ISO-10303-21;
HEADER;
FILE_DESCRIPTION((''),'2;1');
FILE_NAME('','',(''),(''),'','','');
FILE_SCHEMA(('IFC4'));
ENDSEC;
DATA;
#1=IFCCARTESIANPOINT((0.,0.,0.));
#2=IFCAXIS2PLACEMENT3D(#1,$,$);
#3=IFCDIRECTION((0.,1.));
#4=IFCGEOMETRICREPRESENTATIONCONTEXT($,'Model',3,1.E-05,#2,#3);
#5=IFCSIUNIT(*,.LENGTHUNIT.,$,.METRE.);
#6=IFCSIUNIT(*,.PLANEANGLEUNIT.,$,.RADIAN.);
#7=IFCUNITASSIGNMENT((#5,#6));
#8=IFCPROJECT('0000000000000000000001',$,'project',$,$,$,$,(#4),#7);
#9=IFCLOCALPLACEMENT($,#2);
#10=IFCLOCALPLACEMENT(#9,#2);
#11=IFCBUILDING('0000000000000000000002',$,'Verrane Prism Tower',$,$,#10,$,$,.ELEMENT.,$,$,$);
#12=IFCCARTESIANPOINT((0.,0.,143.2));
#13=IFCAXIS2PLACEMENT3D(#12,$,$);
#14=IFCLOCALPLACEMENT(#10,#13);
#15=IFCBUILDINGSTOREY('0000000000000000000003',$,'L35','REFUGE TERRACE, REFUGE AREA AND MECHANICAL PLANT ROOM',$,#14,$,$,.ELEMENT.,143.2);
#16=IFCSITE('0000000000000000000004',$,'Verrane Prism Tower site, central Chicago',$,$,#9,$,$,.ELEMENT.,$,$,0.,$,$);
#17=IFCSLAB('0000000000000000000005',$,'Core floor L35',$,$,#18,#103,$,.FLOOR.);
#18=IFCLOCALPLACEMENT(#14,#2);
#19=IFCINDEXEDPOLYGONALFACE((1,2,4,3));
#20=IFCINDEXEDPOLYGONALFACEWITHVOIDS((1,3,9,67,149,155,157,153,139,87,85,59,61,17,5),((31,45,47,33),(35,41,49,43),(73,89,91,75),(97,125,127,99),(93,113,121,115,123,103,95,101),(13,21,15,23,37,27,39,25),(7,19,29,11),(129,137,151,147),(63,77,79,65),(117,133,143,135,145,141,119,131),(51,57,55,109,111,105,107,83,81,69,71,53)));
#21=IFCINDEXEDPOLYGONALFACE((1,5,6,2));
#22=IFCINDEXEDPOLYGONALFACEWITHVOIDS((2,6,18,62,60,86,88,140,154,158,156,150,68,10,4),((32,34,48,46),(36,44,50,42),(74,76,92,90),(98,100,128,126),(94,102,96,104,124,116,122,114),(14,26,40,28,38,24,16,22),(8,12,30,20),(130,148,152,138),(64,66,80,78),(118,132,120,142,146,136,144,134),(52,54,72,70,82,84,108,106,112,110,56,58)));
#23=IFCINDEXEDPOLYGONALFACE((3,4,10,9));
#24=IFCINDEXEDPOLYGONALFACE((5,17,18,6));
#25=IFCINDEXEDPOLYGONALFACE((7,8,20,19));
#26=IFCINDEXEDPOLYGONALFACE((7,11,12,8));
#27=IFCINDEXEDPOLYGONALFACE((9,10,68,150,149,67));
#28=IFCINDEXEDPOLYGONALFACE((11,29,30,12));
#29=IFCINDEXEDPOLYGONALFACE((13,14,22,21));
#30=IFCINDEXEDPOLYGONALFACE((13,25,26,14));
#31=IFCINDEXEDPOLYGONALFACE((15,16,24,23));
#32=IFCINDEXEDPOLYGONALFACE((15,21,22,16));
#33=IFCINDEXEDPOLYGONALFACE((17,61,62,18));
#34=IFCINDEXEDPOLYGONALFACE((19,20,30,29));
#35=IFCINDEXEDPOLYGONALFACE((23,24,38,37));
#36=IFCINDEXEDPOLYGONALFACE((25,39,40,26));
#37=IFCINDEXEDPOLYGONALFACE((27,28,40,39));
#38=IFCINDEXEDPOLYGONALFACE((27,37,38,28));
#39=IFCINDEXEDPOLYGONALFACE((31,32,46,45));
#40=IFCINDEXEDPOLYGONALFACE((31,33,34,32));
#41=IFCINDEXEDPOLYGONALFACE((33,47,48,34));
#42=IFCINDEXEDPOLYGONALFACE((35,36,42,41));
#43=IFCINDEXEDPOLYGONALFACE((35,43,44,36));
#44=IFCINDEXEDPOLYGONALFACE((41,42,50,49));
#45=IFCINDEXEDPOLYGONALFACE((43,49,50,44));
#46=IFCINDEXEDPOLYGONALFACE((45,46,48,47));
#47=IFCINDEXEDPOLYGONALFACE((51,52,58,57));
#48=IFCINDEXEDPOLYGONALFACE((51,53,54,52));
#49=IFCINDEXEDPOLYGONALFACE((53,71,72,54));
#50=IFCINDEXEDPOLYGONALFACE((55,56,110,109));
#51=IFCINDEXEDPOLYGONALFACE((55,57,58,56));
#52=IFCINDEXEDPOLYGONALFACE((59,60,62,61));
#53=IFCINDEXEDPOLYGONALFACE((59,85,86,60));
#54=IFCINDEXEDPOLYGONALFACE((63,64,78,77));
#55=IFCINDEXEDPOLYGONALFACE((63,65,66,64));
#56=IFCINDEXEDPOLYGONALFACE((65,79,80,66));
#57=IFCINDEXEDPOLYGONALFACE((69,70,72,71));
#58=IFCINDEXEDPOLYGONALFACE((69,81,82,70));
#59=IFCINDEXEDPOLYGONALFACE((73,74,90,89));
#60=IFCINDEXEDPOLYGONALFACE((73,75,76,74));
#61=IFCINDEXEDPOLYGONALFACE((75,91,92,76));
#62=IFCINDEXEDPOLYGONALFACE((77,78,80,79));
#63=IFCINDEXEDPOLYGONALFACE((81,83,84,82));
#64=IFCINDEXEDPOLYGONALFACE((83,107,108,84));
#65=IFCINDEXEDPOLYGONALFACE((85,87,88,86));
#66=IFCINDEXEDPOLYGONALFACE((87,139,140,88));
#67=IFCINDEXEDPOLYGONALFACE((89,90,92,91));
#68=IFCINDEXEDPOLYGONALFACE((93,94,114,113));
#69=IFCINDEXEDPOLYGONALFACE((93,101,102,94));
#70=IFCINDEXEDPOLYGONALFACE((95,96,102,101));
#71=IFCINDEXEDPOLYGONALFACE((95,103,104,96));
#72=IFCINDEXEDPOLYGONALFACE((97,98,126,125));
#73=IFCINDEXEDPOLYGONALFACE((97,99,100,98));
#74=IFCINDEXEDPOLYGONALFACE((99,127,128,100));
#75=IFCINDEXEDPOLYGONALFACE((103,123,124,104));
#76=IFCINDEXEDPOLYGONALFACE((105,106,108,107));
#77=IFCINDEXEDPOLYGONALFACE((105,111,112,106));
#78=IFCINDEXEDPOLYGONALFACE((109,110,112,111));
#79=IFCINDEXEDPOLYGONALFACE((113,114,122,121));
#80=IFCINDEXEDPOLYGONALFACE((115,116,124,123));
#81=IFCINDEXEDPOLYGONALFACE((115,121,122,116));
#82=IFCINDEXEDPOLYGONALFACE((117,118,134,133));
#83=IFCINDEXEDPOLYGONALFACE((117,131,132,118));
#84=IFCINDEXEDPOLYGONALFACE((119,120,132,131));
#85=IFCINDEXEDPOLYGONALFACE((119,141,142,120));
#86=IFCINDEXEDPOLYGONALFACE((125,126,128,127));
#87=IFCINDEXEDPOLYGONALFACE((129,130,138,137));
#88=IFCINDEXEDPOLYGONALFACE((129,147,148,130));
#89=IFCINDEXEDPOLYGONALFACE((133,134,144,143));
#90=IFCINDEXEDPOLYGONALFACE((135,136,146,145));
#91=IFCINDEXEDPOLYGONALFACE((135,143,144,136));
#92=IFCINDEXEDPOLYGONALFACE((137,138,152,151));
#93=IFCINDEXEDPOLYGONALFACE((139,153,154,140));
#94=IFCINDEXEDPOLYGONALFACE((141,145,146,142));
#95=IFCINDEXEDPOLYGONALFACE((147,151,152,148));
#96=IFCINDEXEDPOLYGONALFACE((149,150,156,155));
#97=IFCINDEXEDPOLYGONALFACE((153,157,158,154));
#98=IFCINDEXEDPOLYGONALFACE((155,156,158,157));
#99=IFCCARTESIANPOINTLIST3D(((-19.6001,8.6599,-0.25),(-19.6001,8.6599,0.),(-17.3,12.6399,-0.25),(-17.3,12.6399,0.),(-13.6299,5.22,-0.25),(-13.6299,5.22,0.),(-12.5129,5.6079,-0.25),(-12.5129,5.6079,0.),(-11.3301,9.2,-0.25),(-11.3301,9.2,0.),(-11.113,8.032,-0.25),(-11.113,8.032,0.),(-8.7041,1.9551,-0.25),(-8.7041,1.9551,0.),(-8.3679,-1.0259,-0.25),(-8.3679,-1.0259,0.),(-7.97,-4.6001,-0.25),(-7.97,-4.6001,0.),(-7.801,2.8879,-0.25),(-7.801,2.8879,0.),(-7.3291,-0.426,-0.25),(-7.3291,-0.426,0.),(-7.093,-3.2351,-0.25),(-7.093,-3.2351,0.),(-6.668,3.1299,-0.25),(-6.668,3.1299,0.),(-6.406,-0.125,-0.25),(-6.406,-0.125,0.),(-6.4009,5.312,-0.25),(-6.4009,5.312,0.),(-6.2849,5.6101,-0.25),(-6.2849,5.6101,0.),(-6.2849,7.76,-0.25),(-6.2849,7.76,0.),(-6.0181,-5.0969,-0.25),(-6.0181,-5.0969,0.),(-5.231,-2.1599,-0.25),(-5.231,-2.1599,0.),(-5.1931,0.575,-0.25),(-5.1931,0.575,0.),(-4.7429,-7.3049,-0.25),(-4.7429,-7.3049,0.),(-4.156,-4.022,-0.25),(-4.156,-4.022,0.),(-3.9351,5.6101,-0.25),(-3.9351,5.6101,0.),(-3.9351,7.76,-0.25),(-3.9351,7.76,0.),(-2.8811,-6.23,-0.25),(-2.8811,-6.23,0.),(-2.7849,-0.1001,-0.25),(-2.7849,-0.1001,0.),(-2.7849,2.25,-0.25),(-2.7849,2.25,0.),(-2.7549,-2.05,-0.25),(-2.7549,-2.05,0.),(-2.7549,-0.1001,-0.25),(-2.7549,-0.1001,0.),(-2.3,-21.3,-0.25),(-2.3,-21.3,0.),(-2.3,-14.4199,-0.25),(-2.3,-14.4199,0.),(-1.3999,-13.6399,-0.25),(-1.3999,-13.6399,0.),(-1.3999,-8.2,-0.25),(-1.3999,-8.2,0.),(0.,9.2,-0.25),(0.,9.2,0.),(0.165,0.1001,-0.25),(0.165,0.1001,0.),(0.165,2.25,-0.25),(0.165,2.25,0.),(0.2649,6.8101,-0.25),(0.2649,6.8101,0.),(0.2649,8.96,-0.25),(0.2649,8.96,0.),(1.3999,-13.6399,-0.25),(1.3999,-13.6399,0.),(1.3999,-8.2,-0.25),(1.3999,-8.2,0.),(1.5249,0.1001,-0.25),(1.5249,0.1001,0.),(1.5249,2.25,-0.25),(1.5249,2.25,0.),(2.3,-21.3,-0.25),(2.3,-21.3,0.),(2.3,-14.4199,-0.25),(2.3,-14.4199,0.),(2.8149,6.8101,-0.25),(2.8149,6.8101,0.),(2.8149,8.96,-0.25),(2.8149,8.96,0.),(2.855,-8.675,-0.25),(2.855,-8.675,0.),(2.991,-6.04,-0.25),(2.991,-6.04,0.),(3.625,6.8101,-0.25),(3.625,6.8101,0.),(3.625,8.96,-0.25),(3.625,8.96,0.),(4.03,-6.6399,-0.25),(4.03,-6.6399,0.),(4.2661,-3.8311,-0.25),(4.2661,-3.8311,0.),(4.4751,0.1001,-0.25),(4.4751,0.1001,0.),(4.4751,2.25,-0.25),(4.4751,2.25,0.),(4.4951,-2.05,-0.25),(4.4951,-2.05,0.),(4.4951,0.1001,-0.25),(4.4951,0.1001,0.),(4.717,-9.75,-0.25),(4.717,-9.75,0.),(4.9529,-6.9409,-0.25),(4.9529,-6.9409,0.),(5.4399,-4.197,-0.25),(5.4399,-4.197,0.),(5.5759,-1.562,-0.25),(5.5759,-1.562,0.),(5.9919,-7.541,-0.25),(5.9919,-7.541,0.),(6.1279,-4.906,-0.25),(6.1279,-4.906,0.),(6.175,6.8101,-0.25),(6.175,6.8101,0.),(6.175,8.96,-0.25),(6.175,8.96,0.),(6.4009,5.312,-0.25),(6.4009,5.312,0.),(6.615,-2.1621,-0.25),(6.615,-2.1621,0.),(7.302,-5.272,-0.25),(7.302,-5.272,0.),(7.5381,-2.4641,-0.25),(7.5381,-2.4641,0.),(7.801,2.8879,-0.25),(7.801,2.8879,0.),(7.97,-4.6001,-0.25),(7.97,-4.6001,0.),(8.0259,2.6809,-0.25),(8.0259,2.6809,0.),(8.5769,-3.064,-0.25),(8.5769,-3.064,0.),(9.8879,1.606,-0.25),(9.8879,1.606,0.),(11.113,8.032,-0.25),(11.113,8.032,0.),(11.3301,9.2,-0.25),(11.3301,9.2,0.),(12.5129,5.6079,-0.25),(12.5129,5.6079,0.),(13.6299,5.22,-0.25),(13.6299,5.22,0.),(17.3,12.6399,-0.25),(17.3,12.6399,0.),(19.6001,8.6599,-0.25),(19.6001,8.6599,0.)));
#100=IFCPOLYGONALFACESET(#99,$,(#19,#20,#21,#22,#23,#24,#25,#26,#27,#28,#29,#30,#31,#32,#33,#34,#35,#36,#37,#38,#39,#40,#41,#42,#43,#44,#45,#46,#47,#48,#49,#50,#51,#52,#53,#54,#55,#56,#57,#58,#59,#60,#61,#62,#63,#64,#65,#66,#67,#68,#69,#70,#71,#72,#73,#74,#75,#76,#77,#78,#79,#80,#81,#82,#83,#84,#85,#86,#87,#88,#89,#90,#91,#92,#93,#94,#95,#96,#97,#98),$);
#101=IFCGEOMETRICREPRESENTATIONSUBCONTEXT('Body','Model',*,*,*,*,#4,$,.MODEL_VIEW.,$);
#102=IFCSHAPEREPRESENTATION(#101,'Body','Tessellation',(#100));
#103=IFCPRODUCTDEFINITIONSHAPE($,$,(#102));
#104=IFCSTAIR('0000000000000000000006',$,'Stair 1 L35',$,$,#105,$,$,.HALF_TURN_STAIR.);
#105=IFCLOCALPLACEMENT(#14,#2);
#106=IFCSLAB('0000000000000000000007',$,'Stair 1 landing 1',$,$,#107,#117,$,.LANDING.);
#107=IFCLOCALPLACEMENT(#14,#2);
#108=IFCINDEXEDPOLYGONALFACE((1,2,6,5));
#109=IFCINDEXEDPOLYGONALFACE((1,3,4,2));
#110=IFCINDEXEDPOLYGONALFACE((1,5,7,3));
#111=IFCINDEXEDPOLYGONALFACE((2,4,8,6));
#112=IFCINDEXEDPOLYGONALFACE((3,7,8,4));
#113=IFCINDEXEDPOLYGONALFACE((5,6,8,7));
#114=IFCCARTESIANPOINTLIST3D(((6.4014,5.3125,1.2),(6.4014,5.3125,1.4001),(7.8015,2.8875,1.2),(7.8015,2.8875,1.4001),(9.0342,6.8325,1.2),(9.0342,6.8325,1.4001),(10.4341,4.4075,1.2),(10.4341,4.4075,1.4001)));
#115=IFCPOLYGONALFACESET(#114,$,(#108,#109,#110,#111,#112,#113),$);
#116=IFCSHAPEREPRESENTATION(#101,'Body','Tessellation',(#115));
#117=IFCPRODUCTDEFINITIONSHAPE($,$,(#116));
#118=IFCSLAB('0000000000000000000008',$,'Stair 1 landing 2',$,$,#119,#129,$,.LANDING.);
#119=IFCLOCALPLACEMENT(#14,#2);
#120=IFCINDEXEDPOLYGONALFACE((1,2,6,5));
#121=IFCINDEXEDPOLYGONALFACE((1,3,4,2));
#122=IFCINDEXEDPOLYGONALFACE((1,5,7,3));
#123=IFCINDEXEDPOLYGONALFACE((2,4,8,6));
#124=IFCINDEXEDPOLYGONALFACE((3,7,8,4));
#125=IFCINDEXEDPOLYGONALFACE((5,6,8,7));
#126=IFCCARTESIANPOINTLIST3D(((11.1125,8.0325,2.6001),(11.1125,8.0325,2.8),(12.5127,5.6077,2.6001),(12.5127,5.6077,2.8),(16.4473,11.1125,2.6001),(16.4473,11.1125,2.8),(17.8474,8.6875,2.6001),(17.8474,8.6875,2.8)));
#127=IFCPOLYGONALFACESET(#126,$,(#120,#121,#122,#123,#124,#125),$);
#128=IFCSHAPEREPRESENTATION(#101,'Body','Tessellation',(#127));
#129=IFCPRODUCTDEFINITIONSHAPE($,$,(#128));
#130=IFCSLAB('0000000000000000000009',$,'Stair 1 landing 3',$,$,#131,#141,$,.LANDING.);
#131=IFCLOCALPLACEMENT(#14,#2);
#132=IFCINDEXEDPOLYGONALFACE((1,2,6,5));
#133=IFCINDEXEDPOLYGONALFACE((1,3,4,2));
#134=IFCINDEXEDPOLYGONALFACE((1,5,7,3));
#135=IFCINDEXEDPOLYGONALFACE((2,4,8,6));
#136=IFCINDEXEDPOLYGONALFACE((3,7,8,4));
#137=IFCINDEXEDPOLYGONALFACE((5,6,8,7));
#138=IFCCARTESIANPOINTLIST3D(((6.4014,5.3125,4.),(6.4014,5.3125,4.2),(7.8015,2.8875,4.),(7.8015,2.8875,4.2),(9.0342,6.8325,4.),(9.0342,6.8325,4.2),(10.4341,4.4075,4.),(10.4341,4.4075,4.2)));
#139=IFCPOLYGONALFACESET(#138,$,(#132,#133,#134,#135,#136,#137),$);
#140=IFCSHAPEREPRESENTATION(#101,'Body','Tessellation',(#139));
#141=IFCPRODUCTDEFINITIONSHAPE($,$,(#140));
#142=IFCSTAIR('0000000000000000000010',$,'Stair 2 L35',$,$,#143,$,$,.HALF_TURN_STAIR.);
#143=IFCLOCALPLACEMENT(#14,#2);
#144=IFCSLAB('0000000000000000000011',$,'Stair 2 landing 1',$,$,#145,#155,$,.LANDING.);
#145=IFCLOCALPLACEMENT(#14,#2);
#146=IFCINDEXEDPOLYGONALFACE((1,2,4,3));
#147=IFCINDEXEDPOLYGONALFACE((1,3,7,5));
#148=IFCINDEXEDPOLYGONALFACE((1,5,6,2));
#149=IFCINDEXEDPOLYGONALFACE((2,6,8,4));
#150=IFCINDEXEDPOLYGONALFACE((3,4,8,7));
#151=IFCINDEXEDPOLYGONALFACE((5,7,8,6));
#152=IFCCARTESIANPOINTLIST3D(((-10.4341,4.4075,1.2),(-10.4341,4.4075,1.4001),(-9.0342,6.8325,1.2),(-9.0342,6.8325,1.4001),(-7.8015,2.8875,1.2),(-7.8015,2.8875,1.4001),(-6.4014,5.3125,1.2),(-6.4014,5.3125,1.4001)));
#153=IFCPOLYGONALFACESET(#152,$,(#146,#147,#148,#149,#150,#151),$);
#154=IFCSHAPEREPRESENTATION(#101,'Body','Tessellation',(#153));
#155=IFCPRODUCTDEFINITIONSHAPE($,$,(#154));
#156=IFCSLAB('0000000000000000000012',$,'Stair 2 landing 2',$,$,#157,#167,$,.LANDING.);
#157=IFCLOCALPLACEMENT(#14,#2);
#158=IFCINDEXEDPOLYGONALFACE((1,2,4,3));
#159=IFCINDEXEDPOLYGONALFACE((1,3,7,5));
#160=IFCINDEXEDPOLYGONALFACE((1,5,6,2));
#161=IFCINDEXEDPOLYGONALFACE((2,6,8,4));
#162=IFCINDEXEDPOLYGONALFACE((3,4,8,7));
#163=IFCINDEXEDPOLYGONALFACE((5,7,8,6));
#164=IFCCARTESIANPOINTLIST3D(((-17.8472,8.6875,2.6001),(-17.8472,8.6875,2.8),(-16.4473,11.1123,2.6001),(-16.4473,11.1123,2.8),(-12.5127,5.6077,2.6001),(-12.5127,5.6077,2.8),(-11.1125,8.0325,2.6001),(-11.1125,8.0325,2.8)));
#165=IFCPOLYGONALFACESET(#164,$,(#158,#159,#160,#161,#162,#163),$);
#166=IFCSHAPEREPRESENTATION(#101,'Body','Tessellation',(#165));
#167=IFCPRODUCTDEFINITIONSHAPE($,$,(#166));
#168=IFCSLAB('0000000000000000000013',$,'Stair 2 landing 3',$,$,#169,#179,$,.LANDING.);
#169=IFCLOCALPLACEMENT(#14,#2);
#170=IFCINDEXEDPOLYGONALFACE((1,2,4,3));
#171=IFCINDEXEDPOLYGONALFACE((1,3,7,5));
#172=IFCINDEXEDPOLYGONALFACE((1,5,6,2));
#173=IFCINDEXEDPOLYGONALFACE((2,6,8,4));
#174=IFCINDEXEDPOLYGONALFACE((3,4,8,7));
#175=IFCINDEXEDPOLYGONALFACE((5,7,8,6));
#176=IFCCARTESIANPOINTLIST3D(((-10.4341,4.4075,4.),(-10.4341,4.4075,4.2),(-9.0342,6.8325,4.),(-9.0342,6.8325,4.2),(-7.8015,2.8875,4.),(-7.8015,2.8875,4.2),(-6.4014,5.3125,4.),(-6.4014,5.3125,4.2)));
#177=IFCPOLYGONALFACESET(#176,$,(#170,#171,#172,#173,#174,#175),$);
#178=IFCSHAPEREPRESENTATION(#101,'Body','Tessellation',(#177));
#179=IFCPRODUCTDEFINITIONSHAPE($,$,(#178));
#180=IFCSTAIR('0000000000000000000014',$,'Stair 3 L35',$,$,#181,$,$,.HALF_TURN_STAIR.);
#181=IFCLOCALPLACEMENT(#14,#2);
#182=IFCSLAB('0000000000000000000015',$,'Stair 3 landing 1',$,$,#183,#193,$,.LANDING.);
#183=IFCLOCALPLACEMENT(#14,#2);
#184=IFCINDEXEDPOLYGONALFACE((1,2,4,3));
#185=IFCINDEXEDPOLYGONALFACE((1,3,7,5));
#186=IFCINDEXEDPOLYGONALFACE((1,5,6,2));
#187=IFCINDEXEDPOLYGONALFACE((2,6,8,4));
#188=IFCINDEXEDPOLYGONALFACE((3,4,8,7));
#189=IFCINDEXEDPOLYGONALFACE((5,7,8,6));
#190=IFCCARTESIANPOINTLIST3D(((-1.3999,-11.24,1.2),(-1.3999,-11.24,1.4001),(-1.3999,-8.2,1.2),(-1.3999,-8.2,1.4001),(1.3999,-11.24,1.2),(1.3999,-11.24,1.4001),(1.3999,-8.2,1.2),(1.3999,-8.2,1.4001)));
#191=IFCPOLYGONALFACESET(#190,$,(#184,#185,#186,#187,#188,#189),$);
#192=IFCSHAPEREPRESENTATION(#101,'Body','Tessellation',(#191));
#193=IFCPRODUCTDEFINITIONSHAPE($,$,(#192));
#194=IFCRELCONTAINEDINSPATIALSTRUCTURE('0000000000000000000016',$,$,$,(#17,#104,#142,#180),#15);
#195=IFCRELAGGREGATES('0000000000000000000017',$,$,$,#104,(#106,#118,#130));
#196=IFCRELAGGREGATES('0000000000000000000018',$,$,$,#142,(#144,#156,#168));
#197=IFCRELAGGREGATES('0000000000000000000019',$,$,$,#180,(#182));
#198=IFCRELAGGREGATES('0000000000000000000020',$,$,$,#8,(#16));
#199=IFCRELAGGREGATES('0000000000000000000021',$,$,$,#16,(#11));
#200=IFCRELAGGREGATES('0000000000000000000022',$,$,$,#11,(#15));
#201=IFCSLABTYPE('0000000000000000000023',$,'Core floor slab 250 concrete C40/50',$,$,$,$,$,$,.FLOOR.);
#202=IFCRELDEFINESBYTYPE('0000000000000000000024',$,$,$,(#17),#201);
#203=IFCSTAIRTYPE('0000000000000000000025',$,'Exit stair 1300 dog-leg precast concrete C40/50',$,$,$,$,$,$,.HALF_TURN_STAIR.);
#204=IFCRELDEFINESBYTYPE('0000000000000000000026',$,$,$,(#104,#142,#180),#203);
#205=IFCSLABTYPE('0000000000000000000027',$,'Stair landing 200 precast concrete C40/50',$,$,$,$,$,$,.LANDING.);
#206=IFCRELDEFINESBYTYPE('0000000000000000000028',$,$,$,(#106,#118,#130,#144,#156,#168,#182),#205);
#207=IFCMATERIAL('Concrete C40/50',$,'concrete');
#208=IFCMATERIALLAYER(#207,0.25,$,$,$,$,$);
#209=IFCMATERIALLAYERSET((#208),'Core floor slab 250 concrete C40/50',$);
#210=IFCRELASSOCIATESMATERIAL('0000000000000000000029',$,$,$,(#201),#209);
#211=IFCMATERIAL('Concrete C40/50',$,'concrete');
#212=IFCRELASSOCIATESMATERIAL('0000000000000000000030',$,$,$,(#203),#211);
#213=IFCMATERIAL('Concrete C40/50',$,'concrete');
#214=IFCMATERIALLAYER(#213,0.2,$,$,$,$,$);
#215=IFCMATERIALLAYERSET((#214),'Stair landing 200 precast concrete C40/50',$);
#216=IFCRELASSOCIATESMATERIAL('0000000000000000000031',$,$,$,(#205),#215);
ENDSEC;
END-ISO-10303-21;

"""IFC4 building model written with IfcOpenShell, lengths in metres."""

from ifc_helpers import new_model, si_unit, direction, frame, origin, place, context, subcontext, project, spatial, polyline, outline, extrude, material, layer, layer_set, type_object, element, aggregate, save


model = new_model("IFC4")

# Units and contexts
model_context = context("Model", 3, precision=1e-05, world=origin(), true_north=direction((0.0, 1.0)))
body_context = subcontext(model_context, "Body", "Model", "MODEL_VIEW")
ifc_project = project(units=[si_unit("LENGTHUNIT", "METRE"), si_unit("PLANEANGLEUNIT", "RADIAN")], contexts=[model_context])

# Site, building, storey
site_placement = place(None, origin())
site = spatial("IfcSite", under=ifc_project, at=site_placement, Name="Verrane Prism Tower site, central Chicago", CompositionType="ELEMENT", RefElevation=0.0)
building_placement = place(site_placement, origin())
building = spatial("IfcBuilding", under=site, at=building_placement, Name="Verrane Prism Tower", CompositionType="ELEMENT")
storey_placement = place(building_placement, frame((0.0, 0.0, 143.2)))
storey = spatial("IfcBuildingStorey", under=building, at=storey_placement, Name="L35", Description="REFUGE TERRACE, REFUGE AREA AND MECHANICAL PLANT ROOM", CompositionType="ELEMENT", Elevation=143.2)

# Slab
ifc_material_1 = material(Name="Concrete C40/50", Category="concrete")
ifc_layer_1 = layer(ifc_material_1, 0.25)
ifc_layer_set_1 = layer_set([ifc_layer_1], Name="Core floor slab 250 concrete C40/50")
slab_type_1 = type_object("IfcSlabType", Name="Core floor slab 250 concrete C40/50", PredefinedType="FLOOR", material=ifc_layer_set_1)
slab_1_placement = place(storey_placement, frame((0.0, 0.0, -0.25)))
element("IfcSlab", 1, at=slab_1_placement, inside=storey, type_object=slab_type_1, Name="Core floor L35", PredefinedType="FLOOR", context=body_context, shape_type="SweptSolid", body=[
    extrude(outline(polyline([(13.6299, 5.22), (19.6001, 8.6599), (17.3, 12.6399), (11.3301, 9.2), (0.0, 9.2), (-11.3301, 9.2), (-17.3, 12.6399), (-19.6001, 8.6599), (-13.6299, 5.22), (-7.97, -4.6001), (-2.3, -14.4199), (-2.3, -21.3), (2.3, -21.3), (2.3, -14.4199), (7.97, -4.6001), (13.6299, 5.22)]), holes=[polyline([(-1.3999, -8.2), (1.3999, -8.2), (1.3999, -13.6399), (-1.3999, -13.6399), (-1.3999, -8.2)]), polyline([(-2.8811, -6.23), (-4.7429, -7.3049), (-6.0181, -5.0969), (-4.156, -4.022), (-2.8811, -6.23)]), polyline([(-8.7041, 1.9551), (-6.668, 3.1299), (-5.1931, 0.575), (-6.406, -0.125), (-5.231, -2.1599), (-7.093, -3.2351), (-8.3679, -1.0259), (-7.3291, -0.426), (-8.7041, 1.9551)]), polyline([(0.165, 2.25), (0.165, 0.1001), (1.5249, 0.1001), (1.5249, 2.25), (4.4751, 2.25), (4.4751, 0.1001), (4.4951, 0.1001), (4.4951, -2.05), (-2.7549, -2.05), (-2.7549, -0.1001), (-2.7849, -0.1001), (-2.7849, 2.25), (0.165, 2.25)]), polyline([(-7.801, 2.8879), (-12.5129, 5.6079), (-11.113, 8.032), (-6.4009, 5.312), (-7.801, 2.8879)]), polyline([(-6.2849, 5.6101), (-6.2849, 7.76), (-3.9351, 7.76), (-3.9351, 5.6101), (-6.2849, 5.6101)]), polyline([(4.2661, -3.8311), (6.1279, -4.906), (4.9529, -6.9409), (5.9919, -7.541), (4.717, -9.75), (2.855, -8.675), (4.03, -6.6399), (2.991, -6.04), (4.2661, -3.8311)]), polyline([(6.615, -2.1621), (5.5759, -1.562), (8.0259, 2.6809), (9.8879, 1.606), (7.5381, -2.4641), (8.5769, -3.064), (7.302, -5.272), (5.4399, -4.197), (6.615, -2.1621)]), polyline([(7.801, 2.8879), (6.4009, 5.312), (11.113, 8.032), (12.5129, 5.6079), (7.801, 2.8879)]), polyline([(2.8149, 8.96), (2.8149, 6.8101), (0.2649, 6.8101), (0.2649, 8.96), (2.8149, 8.96)]), polyline([(3.625, 6.8101), (3.625, 8.96), (6.175, 8.96), (6.175, 6.8101), (3.625, 6.8101)])]), origin(), (0.0, 0.0, 1.0), 0.25),
])

# Stairs, slabs
ifc_material_2 = material(Name="Concrete C40/50", Category="concrete")
stair_type = type_object("IfcStairType", Name="Exit stair 1300 dog-leg precast concrete C40/50", PredefinedType="HALF_TURN_STAIR", material=ifc_material_2)
stair_1_placement = place(storey_placement, origin())
stair_1 = element("IfcStair", 2, at=stair_1_placement, inside=storey, type_object=stair_type, Name="Stair 1 L35", PredefinedType="HALF_TURN_STAIR")
ifc_material_3 = material(Name="Concrete C40/50", Category="concrete")
ifc_layer_2 = layer(ifc_material_3, 0.2)
ifc_layer_set_2 = layer_set([ifc_layer_2], Name="Stair landing 200 precast concrete C40/50")
slab_type_2 = type_object("IfcSlabType", Name="Stair landing 200 precast concrete C40/50", PredefinedType="LANDING", material=ifc_layer_set_2)
slab_2_placement = place(storey_placement, frame((0.0, 0.0, 1.2)))
slab_2 = element("IfcSlab", 3, at=slab_2_placement, type_object=slab_type_2, Name="Stair 1 landing 1", PredefinedType="LANDING", context=body_context, shape_type="SweptSolid", body=[
    extrude(outline(polyline([(9.0342, 6.8325), (6.4014, 5.3125), (7.8015, 2.8875), (10.4341, 4.4075), (9.0342, 6.8325)])), origin(), (0.0, 0.0, 1.0), 0.2002),
])
slab_3_placement = place(storey_placement, frame((0.0, 0.0, 2.6001)))
slab_3 = element("IfcSlab", 4, at=slab_3_placement, type_object=slab_type_2, Name="Stair 1 landing 2", PredefinedType="LANDING", context=body_context, shape_type="SweptSolid", body=[
    extrude(outline(polyline([(16.4473, 11.1125), (11.1125, 8.0325), (12.5127, 5.6077), (17.8474, 8.6875), (16.4473, 11.1125)])), origin(), (0.0, 0.0, 1.0), 0.2),
])
slab_4_placement = place(storey_placement, frame((0.0, 0.0, 4.0)))
slab_4 = element("IfcSlab", 5, at=slab_4_placement, type_object=slab_type_2, Name="Stair 1 landing 3", PredefinedType="LANDING", context=body_context, shape_type="SweptSolid", body=[
    extrude(outline(polyline([(9.0342, 6.8325), (6.4014, 5.3125), (7.8015, 2.8875), (10.4341, 4.4075), (9.0342, 6.8325)])), origin(), (0.0, 0.0, 1.0), 0.2),
])
aggregate(stair_1, [slab_2, slab_3, slab_4])
stair_2_placement = place(storey_placement, origin())
stair_2 = element("IfcStair", 6, at=stair_2_placement, inside=storey, type_object=stair_type, Name="Stair 2 L35", PredefinedType="HALF_TURN_STAIR")
slab_5_placement = place(storey_placement, frame((0.0, 0.0, 1.2)))
slab_5 = element("IfcSlab", 7, at=slab_5_placement, type_object=slab_type_2, Name="Stair 2 landing 1", PredefinedType="LANDING", context=body_context, shape_type="SweptSolid", body=[
    extrude(outline(polyline([(-10.4341, 4.4075), (-7.8015, 2.8875), (-6.4014, 5.3125), (-9.0342, 6.8325), (-10.4341, 4.4075)])), origin(), (0.0, 0.0, 1.0), 0.2002),
])
slab_6_placement = place(storey_placement, frame((0.0, 0.0, 2.6001)))
slab_6 = element("IfcSlab", 8, at=slab_6_placement, type_object=slab_type_2, Name="Stair 2 landing 2", PredefinedType="LANDING", context=body_context, shape_type="SweptSolid", body=[
    extrude(outline(polyline([(-17.8472, 8.6875), (-12.5127, 5.6077), (-11.1125, 8.0325), (-16.4473, 11.1123), (-17.8472, 8.6875)])), origin(), (0.0, 0.0, 1.0), 0.2),
])
slab_7_placement = place(storey_placement, frame((0.0, 0.0, 4.0)))
slab_7 = element("IfcSlab", 9, at=slab_7_placement, type_object=slab_type_2, Name="Stair 2 landing 3", PredefinedType="LANDING", context=body_context, shape_type="SweptSolid", body=[
    extrude(outline(polyline([(-10.4341, 4.4075), (-7.8015, 2.8875), (-6.4014, 5.3125), (-9.0342, 6.8325), (-10.4341, 4.4075)])), origin(), (0.0, 0.0, 1.0), 0.2),
])
aggregate(stair_2, [slab_5, slab_6, slab_7])
stair_3_placement = place(storey_placement, origin())
stair_3 = element("IfcStair", 10, at=stair_3_placement, inside=storey, type_object=stair_type, Name="Stair 3 L35", PredefinedType="HALF_TURN_STAIR")
slab_8_placement = place(storey_placement, frame((0.0, 0.0, 1.2)))
slab_8 = element("IfcSlab", 11, at=slab_8_placement, type_object=slab_type_2, Name="Stair 3 landing 1", PredefinedType="LANDING", context=body_context, shape_type="SweptSolid", body=[
    extrude(outline(polyline([(1.3999, -11.24), (1.3999, -8.2), (-1.3999, -8.2), (-1.3999, -11.24), (1.3999, -11.24)])), origin(), (0.0, 0.0, 1.0), 0.2002),
])
aggregate(stair_3, [slab_8])

save(model, "model.ifc")
